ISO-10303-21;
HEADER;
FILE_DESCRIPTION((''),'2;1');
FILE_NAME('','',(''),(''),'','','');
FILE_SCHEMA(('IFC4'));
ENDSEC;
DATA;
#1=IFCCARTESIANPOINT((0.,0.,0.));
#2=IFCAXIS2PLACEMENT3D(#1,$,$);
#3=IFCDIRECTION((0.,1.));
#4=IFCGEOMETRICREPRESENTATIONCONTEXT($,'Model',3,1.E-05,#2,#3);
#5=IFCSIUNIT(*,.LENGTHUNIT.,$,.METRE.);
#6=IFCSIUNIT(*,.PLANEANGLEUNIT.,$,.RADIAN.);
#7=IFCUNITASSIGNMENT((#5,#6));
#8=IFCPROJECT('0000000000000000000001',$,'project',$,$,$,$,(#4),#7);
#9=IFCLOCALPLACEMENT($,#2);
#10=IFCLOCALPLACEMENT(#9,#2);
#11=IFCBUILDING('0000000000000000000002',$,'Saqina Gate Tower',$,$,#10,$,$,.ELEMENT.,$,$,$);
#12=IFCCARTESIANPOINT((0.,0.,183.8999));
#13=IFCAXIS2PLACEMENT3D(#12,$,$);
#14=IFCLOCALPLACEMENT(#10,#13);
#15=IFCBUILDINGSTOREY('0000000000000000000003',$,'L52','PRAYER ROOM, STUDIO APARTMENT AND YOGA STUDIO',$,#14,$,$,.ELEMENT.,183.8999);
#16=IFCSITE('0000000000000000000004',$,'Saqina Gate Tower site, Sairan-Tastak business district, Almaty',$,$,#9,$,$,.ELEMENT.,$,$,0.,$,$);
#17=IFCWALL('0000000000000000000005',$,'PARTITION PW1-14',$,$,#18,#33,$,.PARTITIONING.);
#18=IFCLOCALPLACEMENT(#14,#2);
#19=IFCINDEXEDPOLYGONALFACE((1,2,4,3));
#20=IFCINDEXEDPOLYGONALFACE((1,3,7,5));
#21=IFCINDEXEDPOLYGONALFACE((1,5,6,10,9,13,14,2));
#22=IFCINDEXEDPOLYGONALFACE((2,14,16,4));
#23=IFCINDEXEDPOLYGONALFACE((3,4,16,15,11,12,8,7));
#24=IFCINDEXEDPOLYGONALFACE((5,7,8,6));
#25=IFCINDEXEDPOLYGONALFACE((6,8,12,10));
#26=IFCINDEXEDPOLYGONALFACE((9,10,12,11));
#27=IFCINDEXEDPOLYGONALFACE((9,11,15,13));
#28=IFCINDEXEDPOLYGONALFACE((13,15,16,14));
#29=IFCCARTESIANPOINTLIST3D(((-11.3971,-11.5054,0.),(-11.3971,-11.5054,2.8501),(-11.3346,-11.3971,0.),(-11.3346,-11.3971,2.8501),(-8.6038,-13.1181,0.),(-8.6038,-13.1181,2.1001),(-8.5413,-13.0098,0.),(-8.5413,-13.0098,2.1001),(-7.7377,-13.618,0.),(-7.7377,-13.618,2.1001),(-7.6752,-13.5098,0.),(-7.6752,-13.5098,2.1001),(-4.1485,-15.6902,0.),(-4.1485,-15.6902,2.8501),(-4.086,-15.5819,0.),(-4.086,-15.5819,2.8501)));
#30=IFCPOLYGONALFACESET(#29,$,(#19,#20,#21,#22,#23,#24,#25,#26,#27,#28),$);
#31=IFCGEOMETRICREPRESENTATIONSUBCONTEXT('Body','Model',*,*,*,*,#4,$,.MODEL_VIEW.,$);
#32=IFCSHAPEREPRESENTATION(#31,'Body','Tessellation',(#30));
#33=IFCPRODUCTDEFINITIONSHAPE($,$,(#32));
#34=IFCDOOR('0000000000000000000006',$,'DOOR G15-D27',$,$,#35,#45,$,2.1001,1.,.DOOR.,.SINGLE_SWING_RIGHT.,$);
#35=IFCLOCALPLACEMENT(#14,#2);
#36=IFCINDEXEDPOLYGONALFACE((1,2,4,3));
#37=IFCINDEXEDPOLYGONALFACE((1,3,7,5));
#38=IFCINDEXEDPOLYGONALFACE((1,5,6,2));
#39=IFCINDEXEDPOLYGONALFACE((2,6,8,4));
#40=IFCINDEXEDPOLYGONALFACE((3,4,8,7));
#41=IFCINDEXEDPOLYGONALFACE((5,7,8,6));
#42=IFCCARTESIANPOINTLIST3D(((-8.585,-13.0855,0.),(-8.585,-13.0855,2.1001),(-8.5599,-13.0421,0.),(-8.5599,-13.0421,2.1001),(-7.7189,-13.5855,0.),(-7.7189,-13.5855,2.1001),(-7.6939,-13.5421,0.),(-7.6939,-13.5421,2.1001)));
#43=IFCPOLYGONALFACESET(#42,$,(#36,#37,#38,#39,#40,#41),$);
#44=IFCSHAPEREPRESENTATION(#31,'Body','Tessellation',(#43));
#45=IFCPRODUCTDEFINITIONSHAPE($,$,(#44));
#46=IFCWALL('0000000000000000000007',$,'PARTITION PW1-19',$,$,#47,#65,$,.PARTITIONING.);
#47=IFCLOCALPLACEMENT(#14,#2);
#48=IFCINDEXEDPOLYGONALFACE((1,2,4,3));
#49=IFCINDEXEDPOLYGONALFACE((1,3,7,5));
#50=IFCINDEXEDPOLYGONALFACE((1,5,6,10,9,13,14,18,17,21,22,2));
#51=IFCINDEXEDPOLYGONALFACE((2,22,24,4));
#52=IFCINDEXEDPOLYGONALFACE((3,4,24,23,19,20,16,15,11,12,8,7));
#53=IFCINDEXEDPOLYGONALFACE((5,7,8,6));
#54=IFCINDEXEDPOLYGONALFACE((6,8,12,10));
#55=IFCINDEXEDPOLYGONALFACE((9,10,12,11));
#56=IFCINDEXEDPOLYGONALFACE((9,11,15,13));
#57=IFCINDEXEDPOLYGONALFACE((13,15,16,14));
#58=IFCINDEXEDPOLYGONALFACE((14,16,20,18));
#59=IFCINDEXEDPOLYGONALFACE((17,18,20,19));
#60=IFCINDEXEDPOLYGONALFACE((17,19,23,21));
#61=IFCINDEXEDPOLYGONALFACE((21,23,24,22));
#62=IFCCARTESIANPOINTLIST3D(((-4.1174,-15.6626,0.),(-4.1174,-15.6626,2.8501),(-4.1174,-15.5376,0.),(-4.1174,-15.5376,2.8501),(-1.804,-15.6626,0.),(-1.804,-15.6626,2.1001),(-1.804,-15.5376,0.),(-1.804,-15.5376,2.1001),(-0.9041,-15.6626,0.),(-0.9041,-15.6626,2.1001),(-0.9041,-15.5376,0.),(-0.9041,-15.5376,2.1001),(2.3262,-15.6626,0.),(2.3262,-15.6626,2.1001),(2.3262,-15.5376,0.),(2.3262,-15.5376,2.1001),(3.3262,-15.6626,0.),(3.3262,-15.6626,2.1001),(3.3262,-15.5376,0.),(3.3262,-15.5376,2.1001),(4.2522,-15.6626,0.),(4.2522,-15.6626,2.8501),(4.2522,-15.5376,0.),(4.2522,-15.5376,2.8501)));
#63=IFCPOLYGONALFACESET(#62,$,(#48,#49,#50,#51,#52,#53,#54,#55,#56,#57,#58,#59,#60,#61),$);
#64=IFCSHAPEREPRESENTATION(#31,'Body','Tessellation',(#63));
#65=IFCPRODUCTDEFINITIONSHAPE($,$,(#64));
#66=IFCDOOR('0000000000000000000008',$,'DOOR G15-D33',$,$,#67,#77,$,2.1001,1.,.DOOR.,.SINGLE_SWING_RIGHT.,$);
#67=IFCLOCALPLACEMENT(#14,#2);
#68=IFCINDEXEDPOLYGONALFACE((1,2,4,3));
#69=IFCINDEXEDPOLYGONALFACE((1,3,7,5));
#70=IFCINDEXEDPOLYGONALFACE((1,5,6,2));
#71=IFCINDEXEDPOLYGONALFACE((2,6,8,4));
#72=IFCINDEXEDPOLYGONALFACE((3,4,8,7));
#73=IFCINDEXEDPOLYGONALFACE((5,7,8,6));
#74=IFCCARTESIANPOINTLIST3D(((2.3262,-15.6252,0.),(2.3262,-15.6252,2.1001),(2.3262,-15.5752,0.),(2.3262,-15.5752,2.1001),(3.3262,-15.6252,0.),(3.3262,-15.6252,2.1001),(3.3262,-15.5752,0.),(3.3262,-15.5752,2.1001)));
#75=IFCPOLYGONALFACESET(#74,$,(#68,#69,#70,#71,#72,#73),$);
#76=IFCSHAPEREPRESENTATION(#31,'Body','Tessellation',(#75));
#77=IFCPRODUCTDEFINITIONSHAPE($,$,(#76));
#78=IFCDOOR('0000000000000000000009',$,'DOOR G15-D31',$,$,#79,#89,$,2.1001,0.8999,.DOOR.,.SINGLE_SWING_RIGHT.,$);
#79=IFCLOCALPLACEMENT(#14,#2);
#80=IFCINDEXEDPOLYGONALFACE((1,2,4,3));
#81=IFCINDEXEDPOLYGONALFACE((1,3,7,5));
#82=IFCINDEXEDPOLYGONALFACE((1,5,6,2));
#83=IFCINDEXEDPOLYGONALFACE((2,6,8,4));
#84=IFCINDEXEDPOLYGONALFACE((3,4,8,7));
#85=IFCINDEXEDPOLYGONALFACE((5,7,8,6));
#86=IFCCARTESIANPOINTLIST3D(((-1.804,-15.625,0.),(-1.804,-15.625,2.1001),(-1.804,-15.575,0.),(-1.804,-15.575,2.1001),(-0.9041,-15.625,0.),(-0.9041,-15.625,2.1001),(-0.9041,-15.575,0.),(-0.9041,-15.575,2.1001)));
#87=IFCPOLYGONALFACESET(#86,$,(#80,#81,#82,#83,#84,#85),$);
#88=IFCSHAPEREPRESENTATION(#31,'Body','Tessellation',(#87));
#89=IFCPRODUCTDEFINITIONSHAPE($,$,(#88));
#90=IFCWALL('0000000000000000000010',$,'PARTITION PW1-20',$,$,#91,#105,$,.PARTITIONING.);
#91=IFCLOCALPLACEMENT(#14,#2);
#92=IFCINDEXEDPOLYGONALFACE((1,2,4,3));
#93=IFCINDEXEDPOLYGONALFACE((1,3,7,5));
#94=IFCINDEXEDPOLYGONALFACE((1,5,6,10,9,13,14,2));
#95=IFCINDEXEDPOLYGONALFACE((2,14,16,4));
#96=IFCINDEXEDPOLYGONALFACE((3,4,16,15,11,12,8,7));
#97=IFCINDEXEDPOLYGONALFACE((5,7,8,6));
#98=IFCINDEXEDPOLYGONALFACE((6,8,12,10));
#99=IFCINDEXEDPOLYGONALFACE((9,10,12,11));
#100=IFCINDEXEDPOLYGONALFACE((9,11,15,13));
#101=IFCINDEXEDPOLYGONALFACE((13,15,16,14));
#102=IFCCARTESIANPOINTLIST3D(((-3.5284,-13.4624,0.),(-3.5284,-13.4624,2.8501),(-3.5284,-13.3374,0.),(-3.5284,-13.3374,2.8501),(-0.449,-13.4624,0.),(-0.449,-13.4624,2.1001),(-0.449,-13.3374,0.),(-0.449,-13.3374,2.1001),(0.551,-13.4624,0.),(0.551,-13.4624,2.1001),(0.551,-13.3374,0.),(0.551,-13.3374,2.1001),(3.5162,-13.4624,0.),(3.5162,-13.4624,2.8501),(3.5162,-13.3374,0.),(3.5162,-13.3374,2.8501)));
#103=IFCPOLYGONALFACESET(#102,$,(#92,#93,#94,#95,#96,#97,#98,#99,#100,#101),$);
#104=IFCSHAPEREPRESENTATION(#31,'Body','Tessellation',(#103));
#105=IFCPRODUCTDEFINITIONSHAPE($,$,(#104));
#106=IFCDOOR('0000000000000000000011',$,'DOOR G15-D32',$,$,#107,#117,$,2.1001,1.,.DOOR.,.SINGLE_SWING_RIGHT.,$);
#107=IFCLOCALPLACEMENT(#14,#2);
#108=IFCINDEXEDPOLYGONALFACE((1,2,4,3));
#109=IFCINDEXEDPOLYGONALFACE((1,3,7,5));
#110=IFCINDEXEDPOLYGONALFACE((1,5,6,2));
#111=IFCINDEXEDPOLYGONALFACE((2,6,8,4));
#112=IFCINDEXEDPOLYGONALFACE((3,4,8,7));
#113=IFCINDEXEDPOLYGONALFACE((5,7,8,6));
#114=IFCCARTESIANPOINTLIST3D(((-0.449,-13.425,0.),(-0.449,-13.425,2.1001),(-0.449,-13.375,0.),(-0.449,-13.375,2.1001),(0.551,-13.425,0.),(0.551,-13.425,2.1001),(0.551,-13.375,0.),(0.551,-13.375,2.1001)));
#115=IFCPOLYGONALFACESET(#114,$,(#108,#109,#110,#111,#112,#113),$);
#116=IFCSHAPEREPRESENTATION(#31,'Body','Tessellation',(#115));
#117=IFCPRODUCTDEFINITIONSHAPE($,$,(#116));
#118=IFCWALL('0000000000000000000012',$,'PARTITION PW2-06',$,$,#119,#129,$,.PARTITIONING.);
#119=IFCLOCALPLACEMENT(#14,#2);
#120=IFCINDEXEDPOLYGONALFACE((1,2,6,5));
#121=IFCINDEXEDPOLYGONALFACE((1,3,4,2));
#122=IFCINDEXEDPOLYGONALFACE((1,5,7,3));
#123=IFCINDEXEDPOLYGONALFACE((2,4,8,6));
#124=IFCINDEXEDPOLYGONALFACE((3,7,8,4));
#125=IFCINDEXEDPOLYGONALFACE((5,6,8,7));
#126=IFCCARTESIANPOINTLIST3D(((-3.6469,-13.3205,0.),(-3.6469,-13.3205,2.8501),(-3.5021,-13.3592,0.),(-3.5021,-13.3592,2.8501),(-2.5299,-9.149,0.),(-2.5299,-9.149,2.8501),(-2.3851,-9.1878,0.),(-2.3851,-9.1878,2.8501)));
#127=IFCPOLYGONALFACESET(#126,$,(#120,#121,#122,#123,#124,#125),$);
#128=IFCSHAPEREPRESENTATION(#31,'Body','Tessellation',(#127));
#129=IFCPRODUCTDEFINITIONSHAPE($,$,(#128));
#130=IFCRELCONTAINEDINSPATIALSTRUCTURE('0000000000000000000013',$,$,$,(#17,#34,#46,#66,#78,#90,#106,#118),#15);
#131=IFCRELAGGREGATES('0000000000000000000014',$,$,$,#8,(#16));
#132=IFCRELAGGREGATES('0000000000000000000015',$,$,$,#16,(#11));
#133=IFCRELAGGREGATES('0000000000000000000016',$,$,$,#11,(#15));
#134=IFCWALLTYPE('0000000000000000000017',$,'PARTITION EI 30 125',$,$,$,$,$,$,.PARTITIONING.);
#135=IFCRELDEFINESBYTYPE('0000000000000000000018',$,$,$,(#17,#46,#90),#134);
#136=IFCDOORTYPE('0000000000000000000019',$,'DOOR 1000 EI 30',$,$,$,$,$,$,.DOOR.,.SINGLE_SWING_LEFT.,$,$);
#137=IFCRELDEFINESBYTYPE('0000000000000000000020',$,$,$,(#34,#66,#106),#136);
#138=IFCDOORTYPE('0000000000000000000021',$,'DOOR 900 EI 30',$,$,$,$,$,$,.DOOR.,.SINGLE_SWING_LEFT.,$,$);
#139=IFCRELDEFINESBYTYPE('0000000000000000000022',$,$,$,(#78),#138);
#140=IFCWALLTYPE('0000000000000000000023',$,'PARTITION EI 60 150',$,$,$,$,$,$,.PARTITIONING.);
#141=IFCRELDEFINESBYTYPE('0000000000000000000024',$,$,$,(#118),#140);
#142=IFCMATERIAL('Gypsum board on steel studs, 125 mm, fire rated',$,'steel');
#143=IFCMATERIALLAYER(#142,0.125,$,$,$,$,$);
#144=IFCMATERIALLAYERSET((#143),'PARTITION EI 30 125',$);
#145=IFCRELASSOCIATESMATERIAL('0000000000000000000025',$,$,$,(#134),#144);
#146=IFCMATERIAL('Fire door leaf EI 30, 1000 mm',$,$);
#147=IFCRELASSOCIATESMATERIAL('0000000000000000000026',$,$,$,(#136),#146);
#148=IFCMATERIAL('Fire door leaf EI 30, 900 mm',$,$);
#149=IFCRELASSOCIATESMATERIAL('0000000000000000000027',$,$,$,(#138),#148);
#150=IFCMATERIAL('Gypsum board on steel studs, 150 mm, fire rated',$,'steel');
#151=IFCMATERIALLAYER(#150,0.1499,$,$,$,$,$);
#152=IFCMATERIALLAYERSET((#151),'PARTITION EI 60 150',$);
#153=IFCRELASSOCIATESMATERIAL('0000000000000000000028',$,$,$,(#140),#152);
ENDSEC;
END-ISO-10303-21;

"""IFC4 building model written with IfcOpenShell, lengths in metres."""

from ifc_helpers import new_model, si_unit, direction, frame, frame_2d, origin, place, context, subcontext, project, spatial, rectangle, extrude, material, layer, layer_set, type_object, element, fill, save


model = new_model("IFC4")

# Units and contexts
model_context = context("Model", 3, precision=1e-05, world=origin(), true_north=direction((0.0, 1.0)))
body_context = subcontext(model_context, "Body", "Model", "MODEL_VIEW")
ifc_project = project(units=[si_unit("LENGTHUNIT", "METRE"), si_unit("PLANEANGLEUNIT", "RADIAN")], contexts=[model_context])

# Site, building, storey
site_placement = place(None, origin())
site = spatial("IfcSite", under=ifc_project, at=site_placement, Name="Saqina Gate Tower site, Sairan-Tastak business district, Almaty", CompositionType="ELEMENT", RefElevation=0.0)
building_placement = place(site_placement, origin())
building = spatial("IfcBuilding", under=site, at=building_placement, Name="Saqina Gate Tower", CompositionType="ELEMENT")
storey_placement = place(building_placement, frame((0.0, 0.0, 183.8999)))
storey = spatial("IfcBuildingStorey", under=building, at=storey_placement, Name="L52", Description="PRAYER ROOM, STUDIO APARTMENT AND YOGA STUDIO", CompositionType="ELEMENT", Elevation=183.8999)

# Shared definitions
ifc_material_1 = material(Name="Gypsum board on steel studs, 125 mm, fire rated", Category="steel")
ifc_layer_1 = layer(ifc_material_1, 0.125)
ifc_layer_set_1 = layer_set([ifc_layer_1], Name="PARTITION EI 30 125")
wall_type_1 = type_object("IfcWallType", Name="PARTITION EI 30 125", PredefinedType="PARTITIONING", material=ifc_layer_set_1)

# Wall, opening, door
wall_1_placement = place(storey_placement, frame((-11.366, -11.4512, 0.0), z_axis=(0.0, 0.0, 1.0), x_axis=(0.866032, -0.499988, 0.0)))
wall_1 = element("IfcWall", 1, at=wall_1_placement, inside=storey, type_object=wall_type_1, Name="PARTITION PW1-14", PredefinedType="PARTITIONING", context=body_context, shape_type="SweptSolid", body=[
    extrude(rectangle(XDim=8.3699, YDim=0.125, at=frame_2d((4.1851, 0.0))), origin(), (0.0, 0.0, 1.0), 2.8501),
])
opening_1_placement = place(wall_1_placement, frame((3.2256, 0.0, 0.0)))
opening_1 = element("IfcOpeningElement", 2, at=opening_1_placement, cuts=wall_1, PredefinedType="OPENING", context=body_context, shape_type="SweptSolid", body=[
    extrude(rectangle(XDim=1.0, YDim=2.1001, at=frame_2d((0.5, 1.05))), frame((0.0, 0.0745, 0.0), z_axis=(0.0, -1.0, 0.0), x_axis=(1.0, 0.0, 0.0)), (0.0, 0.0, 1.0), 0.1489),
])
ifc_material_2 = material(Name="Fire door leaf EI 30, 1000 mm")
door_type_1 = type_object("IfcDoorType", Name="DOOR 1000 EI 30", OperationType="SINGLE_SWING_LEFT", PredefinedType="DOOR", material=ifc_material_2)
door_1_placement = place(opening_1_placement, frame((1.0, 0.0, 0.0), z_axis=(0.0, 0.0, 1.0), x_axis=(-1.0, 0.0, 0.0)))
door_1 = element("IfcDoor", 3, at=door_1_placement, inside=storey, type_object=door_type_1, Name="DOOR G15-D27", OperationType="SINGLE_SWING_RIGHT", OverallHeight=2.1001, OverallWidth=1.0, PredefinedType="DOOR", context=body_context, shape_type="SweptSolid", body=[
    extrude(rectangle(XDim=1.0, YDim=2.1001, at=frame_2d((0.5, 1.05))), frame((0.0, 0.0249, 0.0), z_axis=(0.0, -1.0, 0.0), x_axis=(1.0, 0.0, 0.0)), (0.0, 0.0, 1.0), 0.05),
])
fill(opening_1, door_1)

# Wall, openings, doors
wall_2_placement = place(storey_placement, frame((-4.1174, -15.6001, 0.0), z_axis=(0.0, 0.0, 1.0), x_axis=(1.0, 0.0, 0.0)))
wall_2 = element("IfcWall", 4, at=wall_2_placement, inside=storey, type_object=wall_type_1, Name="PARTITION PW1-19", PredefinedType="PARTITIONING", context=body_context, shape_type="SweptSolid", body=[
    extrude(rectangle(XDim=8.3696, YDim=0.125, at=frame_2d((4.1848, 0.0))), origin(), (0.0, 0.0, 1.0), 2.8501),
])
opening_2_placement = place(wall_2_placement, frame((2.3135, 0.0, 0.0)))
opening_2 = element("IfcOpeningElement", 5, at=opening_2_placement, cuts=wall_2, PredefinedType="OPENING", context=body_context, shape_type="SweptSolid", body=[
    extrude(rectangle(XDim=0.8999, YDim=2.1001, at=frame_2d((0.45, 1.05))), frame((0.0, 0.0745, 0.0), z_axis=(0.0, -1.0, 0.0), x_axis=(1.0, 0.0, 0.0)), (0.0, 0.0, 1.0), 0.1489),
])
opening_3_placement = place(wall_2_placement, frame((6.4436, 0.0, 0.0)))
opening_3 = element("IfcOpeningElement", 6, at=opening_3_placement, cuts=wall_2, PredefinedType="OPENING", context=body_context, shape_type="SweptSolid", body=[
    extrude(rectangle(XDim=1.0, YDim=2.1001, at=frame_2d((0.5, 1.05))), frame((0.0, 0.0745, 0.0), z_axis=(0.0, -1.0, 0.0), x_axis=(1.0, 0.0, 0.0)), (0.0, 0.0, 1.0), 0.1489),
])
door_2_placement = place(opening_3_placement, origin())
door_2 = element("IfcDoor", 7, at=door_2_placement, inside=storey, type_object=door_type_1, Name="DOOR G15-D33", OperationType="SINGLE_SWING_RIGHT", OverallHeight=2.1001, OverallWidth=1.0, PredefinedType="DOOR", context=body_context, shape_type="SweptSolid", body=[
    extrude(rectangle(XDim=1.0, YDim=2.1001, at=frame_2d((0.5, 1.05))), frame((0.0, 0.0249, 0.0), z_axis=(0.0, -1.0, 0.0), x_axis=(1.0, 0.0, 0.0)), (0.0, 0.0, 1.0), 0.05),
])
fill(opening_3, door_2)
ifc_material_3 = material(Name="Fire door leaf EI 30, 900 mm")
door_type_2 = type_object("IfcDoorType", Name="DOOR 900 EI 30", OperationType="SINGLE_SWING_LEFT", PredefinedType="DOOR", material=ifc_material_3)
door_3_placement = place(opening_2_placement, frame((0.8999, 0.0, 0.0), z_axis=(0.0, 0.0, 1.0), x_axis=(-1.0, 0.0, 0.0)))
door_3 = element("IfcDoor", 8, at=door_3_placement, inside=storey, type_object=door_type_2, Name="DOOR G15-D31", OperationType="SINGLE_SWING_RIGHT", OverallHeight=2.1001, OverallWidth=0.8999, PredefinedType="DOOR", context=body_context, shape_type="SweptSolid", body=[
    extrude(rectangle(XDim=0.8999, YDim=2.1001, at=frame_2d((0.45, 1.05))), frame((0.0, 0.0249, 0.0), z_axis=(0.0, -1.0, 0.0), x_axis=(1.0, 0.0, 0.0)), (0.0, 0.0, 1.0), 0.05),
])
fill(opening_2, door_3)

# Wall, opening, door
wall_3_placement = place(storey_placement, frame((-3.5286, -13.3999, 0.0), z_axis=(0.0, 0.0, 1.0), x_axis=(1.0, 0.0, 0.0)))
wall_3 = element("IfcWall", 9, at=wall_3_placement, inside=storey, type_object=wall_type_1, Name="PARTITION PW1-20", PredefinedType="PARTITIONING", context=body_context, shape_type="SweptSolid", body=[
    extrude(rectangle(XDim=7.0447, YDim=0.125, at=frame_2d((3.5225, 0.0))), origin(), (0.0, 0.0, 1.0), 2.8501),
])
opening_4_placement = place(wall_3_placement, frame((3.0796, 0.0, 0.0)))
opening_4 = element("IfcOpeningElement", 10, at=opening_4_placement, cuts=wall_3, PredefinedType="OPENING", context=body_context, shape_type="SweptSolid", body=[
    extrude(rectangle(XDim=1.0, YDim=2.1001, at=frame_2d((0.5, 1.05))), frame((0.0, 0.0745, 0.0), z_axis=(0.0, -1.0, 0.0), x_axis=(1.0, 0.0, 0.0)), (0.0, 0.0, 1.0), 0.1489),
])
door_4_placement = place(opening_4_placement, origin())
door_4 = element("IfcDoor", 11, at=door_4_placement, inside=storey, type_object=door_type_1, Name="DOOR G15-D32", OperationType="SINGLE_SWING_RIGHT", OverallHeight=2.1001, OverallWidth=1.0, PredefinedType="DOOR", context=body_context, shape_type="SweptSolid", body=[
    extrude(rectangle(XDim=1.0, YDim=2.1001, at=frame_2d((0.5, 1.05))), frame((0.0, 0.0249, 0.0), z_axis=(0.0, -1.0, 0.0), x_axis=(1.0, 0.0, 0.0)), (0.0, 0.0, 1.0), 0.05),
])
fill(opening_4, door_4)

# Wall
ifc_material_4 = material(Name="Gypsum board on steel studs, 150 mm, fire rated", Category="steel")
ifc_layer_2 = layer(ifc_material_4, 0.1499)
ifc_layer_set_2 = layer_set([ifc_layer_2], Name="PARTITION EI 60 150")
wall_type_2 = type_object("IfcWallType", Name="PARTITION EI 60 150", PredefinedType="PARTITIONING", material=ifc_layer_set_2)
wall_4_placement = place(storey_placement, frame((-3.5745, -13.3398, 0.0), z_axis=(0.0, 0.0, 1.0), x_axis=(0.258651, 0.965971, 0.0)))
element("IfcWall", 12, at=wall_4_placement, inside=storey, type_object=wall_type_2, Name="PARTITION PW2-06", PredefinedType="PARTITIONING", context=body_context, shape_type="SweptSolid", body=[
    extrude(rectangle(XDim=4.3184, YDim=0.1499, at=frame_2d((2.1592, 0.0))), origin(), (0.0, 0.0, 1.0), 2.8501),
])

save(model, "model.ifc")
